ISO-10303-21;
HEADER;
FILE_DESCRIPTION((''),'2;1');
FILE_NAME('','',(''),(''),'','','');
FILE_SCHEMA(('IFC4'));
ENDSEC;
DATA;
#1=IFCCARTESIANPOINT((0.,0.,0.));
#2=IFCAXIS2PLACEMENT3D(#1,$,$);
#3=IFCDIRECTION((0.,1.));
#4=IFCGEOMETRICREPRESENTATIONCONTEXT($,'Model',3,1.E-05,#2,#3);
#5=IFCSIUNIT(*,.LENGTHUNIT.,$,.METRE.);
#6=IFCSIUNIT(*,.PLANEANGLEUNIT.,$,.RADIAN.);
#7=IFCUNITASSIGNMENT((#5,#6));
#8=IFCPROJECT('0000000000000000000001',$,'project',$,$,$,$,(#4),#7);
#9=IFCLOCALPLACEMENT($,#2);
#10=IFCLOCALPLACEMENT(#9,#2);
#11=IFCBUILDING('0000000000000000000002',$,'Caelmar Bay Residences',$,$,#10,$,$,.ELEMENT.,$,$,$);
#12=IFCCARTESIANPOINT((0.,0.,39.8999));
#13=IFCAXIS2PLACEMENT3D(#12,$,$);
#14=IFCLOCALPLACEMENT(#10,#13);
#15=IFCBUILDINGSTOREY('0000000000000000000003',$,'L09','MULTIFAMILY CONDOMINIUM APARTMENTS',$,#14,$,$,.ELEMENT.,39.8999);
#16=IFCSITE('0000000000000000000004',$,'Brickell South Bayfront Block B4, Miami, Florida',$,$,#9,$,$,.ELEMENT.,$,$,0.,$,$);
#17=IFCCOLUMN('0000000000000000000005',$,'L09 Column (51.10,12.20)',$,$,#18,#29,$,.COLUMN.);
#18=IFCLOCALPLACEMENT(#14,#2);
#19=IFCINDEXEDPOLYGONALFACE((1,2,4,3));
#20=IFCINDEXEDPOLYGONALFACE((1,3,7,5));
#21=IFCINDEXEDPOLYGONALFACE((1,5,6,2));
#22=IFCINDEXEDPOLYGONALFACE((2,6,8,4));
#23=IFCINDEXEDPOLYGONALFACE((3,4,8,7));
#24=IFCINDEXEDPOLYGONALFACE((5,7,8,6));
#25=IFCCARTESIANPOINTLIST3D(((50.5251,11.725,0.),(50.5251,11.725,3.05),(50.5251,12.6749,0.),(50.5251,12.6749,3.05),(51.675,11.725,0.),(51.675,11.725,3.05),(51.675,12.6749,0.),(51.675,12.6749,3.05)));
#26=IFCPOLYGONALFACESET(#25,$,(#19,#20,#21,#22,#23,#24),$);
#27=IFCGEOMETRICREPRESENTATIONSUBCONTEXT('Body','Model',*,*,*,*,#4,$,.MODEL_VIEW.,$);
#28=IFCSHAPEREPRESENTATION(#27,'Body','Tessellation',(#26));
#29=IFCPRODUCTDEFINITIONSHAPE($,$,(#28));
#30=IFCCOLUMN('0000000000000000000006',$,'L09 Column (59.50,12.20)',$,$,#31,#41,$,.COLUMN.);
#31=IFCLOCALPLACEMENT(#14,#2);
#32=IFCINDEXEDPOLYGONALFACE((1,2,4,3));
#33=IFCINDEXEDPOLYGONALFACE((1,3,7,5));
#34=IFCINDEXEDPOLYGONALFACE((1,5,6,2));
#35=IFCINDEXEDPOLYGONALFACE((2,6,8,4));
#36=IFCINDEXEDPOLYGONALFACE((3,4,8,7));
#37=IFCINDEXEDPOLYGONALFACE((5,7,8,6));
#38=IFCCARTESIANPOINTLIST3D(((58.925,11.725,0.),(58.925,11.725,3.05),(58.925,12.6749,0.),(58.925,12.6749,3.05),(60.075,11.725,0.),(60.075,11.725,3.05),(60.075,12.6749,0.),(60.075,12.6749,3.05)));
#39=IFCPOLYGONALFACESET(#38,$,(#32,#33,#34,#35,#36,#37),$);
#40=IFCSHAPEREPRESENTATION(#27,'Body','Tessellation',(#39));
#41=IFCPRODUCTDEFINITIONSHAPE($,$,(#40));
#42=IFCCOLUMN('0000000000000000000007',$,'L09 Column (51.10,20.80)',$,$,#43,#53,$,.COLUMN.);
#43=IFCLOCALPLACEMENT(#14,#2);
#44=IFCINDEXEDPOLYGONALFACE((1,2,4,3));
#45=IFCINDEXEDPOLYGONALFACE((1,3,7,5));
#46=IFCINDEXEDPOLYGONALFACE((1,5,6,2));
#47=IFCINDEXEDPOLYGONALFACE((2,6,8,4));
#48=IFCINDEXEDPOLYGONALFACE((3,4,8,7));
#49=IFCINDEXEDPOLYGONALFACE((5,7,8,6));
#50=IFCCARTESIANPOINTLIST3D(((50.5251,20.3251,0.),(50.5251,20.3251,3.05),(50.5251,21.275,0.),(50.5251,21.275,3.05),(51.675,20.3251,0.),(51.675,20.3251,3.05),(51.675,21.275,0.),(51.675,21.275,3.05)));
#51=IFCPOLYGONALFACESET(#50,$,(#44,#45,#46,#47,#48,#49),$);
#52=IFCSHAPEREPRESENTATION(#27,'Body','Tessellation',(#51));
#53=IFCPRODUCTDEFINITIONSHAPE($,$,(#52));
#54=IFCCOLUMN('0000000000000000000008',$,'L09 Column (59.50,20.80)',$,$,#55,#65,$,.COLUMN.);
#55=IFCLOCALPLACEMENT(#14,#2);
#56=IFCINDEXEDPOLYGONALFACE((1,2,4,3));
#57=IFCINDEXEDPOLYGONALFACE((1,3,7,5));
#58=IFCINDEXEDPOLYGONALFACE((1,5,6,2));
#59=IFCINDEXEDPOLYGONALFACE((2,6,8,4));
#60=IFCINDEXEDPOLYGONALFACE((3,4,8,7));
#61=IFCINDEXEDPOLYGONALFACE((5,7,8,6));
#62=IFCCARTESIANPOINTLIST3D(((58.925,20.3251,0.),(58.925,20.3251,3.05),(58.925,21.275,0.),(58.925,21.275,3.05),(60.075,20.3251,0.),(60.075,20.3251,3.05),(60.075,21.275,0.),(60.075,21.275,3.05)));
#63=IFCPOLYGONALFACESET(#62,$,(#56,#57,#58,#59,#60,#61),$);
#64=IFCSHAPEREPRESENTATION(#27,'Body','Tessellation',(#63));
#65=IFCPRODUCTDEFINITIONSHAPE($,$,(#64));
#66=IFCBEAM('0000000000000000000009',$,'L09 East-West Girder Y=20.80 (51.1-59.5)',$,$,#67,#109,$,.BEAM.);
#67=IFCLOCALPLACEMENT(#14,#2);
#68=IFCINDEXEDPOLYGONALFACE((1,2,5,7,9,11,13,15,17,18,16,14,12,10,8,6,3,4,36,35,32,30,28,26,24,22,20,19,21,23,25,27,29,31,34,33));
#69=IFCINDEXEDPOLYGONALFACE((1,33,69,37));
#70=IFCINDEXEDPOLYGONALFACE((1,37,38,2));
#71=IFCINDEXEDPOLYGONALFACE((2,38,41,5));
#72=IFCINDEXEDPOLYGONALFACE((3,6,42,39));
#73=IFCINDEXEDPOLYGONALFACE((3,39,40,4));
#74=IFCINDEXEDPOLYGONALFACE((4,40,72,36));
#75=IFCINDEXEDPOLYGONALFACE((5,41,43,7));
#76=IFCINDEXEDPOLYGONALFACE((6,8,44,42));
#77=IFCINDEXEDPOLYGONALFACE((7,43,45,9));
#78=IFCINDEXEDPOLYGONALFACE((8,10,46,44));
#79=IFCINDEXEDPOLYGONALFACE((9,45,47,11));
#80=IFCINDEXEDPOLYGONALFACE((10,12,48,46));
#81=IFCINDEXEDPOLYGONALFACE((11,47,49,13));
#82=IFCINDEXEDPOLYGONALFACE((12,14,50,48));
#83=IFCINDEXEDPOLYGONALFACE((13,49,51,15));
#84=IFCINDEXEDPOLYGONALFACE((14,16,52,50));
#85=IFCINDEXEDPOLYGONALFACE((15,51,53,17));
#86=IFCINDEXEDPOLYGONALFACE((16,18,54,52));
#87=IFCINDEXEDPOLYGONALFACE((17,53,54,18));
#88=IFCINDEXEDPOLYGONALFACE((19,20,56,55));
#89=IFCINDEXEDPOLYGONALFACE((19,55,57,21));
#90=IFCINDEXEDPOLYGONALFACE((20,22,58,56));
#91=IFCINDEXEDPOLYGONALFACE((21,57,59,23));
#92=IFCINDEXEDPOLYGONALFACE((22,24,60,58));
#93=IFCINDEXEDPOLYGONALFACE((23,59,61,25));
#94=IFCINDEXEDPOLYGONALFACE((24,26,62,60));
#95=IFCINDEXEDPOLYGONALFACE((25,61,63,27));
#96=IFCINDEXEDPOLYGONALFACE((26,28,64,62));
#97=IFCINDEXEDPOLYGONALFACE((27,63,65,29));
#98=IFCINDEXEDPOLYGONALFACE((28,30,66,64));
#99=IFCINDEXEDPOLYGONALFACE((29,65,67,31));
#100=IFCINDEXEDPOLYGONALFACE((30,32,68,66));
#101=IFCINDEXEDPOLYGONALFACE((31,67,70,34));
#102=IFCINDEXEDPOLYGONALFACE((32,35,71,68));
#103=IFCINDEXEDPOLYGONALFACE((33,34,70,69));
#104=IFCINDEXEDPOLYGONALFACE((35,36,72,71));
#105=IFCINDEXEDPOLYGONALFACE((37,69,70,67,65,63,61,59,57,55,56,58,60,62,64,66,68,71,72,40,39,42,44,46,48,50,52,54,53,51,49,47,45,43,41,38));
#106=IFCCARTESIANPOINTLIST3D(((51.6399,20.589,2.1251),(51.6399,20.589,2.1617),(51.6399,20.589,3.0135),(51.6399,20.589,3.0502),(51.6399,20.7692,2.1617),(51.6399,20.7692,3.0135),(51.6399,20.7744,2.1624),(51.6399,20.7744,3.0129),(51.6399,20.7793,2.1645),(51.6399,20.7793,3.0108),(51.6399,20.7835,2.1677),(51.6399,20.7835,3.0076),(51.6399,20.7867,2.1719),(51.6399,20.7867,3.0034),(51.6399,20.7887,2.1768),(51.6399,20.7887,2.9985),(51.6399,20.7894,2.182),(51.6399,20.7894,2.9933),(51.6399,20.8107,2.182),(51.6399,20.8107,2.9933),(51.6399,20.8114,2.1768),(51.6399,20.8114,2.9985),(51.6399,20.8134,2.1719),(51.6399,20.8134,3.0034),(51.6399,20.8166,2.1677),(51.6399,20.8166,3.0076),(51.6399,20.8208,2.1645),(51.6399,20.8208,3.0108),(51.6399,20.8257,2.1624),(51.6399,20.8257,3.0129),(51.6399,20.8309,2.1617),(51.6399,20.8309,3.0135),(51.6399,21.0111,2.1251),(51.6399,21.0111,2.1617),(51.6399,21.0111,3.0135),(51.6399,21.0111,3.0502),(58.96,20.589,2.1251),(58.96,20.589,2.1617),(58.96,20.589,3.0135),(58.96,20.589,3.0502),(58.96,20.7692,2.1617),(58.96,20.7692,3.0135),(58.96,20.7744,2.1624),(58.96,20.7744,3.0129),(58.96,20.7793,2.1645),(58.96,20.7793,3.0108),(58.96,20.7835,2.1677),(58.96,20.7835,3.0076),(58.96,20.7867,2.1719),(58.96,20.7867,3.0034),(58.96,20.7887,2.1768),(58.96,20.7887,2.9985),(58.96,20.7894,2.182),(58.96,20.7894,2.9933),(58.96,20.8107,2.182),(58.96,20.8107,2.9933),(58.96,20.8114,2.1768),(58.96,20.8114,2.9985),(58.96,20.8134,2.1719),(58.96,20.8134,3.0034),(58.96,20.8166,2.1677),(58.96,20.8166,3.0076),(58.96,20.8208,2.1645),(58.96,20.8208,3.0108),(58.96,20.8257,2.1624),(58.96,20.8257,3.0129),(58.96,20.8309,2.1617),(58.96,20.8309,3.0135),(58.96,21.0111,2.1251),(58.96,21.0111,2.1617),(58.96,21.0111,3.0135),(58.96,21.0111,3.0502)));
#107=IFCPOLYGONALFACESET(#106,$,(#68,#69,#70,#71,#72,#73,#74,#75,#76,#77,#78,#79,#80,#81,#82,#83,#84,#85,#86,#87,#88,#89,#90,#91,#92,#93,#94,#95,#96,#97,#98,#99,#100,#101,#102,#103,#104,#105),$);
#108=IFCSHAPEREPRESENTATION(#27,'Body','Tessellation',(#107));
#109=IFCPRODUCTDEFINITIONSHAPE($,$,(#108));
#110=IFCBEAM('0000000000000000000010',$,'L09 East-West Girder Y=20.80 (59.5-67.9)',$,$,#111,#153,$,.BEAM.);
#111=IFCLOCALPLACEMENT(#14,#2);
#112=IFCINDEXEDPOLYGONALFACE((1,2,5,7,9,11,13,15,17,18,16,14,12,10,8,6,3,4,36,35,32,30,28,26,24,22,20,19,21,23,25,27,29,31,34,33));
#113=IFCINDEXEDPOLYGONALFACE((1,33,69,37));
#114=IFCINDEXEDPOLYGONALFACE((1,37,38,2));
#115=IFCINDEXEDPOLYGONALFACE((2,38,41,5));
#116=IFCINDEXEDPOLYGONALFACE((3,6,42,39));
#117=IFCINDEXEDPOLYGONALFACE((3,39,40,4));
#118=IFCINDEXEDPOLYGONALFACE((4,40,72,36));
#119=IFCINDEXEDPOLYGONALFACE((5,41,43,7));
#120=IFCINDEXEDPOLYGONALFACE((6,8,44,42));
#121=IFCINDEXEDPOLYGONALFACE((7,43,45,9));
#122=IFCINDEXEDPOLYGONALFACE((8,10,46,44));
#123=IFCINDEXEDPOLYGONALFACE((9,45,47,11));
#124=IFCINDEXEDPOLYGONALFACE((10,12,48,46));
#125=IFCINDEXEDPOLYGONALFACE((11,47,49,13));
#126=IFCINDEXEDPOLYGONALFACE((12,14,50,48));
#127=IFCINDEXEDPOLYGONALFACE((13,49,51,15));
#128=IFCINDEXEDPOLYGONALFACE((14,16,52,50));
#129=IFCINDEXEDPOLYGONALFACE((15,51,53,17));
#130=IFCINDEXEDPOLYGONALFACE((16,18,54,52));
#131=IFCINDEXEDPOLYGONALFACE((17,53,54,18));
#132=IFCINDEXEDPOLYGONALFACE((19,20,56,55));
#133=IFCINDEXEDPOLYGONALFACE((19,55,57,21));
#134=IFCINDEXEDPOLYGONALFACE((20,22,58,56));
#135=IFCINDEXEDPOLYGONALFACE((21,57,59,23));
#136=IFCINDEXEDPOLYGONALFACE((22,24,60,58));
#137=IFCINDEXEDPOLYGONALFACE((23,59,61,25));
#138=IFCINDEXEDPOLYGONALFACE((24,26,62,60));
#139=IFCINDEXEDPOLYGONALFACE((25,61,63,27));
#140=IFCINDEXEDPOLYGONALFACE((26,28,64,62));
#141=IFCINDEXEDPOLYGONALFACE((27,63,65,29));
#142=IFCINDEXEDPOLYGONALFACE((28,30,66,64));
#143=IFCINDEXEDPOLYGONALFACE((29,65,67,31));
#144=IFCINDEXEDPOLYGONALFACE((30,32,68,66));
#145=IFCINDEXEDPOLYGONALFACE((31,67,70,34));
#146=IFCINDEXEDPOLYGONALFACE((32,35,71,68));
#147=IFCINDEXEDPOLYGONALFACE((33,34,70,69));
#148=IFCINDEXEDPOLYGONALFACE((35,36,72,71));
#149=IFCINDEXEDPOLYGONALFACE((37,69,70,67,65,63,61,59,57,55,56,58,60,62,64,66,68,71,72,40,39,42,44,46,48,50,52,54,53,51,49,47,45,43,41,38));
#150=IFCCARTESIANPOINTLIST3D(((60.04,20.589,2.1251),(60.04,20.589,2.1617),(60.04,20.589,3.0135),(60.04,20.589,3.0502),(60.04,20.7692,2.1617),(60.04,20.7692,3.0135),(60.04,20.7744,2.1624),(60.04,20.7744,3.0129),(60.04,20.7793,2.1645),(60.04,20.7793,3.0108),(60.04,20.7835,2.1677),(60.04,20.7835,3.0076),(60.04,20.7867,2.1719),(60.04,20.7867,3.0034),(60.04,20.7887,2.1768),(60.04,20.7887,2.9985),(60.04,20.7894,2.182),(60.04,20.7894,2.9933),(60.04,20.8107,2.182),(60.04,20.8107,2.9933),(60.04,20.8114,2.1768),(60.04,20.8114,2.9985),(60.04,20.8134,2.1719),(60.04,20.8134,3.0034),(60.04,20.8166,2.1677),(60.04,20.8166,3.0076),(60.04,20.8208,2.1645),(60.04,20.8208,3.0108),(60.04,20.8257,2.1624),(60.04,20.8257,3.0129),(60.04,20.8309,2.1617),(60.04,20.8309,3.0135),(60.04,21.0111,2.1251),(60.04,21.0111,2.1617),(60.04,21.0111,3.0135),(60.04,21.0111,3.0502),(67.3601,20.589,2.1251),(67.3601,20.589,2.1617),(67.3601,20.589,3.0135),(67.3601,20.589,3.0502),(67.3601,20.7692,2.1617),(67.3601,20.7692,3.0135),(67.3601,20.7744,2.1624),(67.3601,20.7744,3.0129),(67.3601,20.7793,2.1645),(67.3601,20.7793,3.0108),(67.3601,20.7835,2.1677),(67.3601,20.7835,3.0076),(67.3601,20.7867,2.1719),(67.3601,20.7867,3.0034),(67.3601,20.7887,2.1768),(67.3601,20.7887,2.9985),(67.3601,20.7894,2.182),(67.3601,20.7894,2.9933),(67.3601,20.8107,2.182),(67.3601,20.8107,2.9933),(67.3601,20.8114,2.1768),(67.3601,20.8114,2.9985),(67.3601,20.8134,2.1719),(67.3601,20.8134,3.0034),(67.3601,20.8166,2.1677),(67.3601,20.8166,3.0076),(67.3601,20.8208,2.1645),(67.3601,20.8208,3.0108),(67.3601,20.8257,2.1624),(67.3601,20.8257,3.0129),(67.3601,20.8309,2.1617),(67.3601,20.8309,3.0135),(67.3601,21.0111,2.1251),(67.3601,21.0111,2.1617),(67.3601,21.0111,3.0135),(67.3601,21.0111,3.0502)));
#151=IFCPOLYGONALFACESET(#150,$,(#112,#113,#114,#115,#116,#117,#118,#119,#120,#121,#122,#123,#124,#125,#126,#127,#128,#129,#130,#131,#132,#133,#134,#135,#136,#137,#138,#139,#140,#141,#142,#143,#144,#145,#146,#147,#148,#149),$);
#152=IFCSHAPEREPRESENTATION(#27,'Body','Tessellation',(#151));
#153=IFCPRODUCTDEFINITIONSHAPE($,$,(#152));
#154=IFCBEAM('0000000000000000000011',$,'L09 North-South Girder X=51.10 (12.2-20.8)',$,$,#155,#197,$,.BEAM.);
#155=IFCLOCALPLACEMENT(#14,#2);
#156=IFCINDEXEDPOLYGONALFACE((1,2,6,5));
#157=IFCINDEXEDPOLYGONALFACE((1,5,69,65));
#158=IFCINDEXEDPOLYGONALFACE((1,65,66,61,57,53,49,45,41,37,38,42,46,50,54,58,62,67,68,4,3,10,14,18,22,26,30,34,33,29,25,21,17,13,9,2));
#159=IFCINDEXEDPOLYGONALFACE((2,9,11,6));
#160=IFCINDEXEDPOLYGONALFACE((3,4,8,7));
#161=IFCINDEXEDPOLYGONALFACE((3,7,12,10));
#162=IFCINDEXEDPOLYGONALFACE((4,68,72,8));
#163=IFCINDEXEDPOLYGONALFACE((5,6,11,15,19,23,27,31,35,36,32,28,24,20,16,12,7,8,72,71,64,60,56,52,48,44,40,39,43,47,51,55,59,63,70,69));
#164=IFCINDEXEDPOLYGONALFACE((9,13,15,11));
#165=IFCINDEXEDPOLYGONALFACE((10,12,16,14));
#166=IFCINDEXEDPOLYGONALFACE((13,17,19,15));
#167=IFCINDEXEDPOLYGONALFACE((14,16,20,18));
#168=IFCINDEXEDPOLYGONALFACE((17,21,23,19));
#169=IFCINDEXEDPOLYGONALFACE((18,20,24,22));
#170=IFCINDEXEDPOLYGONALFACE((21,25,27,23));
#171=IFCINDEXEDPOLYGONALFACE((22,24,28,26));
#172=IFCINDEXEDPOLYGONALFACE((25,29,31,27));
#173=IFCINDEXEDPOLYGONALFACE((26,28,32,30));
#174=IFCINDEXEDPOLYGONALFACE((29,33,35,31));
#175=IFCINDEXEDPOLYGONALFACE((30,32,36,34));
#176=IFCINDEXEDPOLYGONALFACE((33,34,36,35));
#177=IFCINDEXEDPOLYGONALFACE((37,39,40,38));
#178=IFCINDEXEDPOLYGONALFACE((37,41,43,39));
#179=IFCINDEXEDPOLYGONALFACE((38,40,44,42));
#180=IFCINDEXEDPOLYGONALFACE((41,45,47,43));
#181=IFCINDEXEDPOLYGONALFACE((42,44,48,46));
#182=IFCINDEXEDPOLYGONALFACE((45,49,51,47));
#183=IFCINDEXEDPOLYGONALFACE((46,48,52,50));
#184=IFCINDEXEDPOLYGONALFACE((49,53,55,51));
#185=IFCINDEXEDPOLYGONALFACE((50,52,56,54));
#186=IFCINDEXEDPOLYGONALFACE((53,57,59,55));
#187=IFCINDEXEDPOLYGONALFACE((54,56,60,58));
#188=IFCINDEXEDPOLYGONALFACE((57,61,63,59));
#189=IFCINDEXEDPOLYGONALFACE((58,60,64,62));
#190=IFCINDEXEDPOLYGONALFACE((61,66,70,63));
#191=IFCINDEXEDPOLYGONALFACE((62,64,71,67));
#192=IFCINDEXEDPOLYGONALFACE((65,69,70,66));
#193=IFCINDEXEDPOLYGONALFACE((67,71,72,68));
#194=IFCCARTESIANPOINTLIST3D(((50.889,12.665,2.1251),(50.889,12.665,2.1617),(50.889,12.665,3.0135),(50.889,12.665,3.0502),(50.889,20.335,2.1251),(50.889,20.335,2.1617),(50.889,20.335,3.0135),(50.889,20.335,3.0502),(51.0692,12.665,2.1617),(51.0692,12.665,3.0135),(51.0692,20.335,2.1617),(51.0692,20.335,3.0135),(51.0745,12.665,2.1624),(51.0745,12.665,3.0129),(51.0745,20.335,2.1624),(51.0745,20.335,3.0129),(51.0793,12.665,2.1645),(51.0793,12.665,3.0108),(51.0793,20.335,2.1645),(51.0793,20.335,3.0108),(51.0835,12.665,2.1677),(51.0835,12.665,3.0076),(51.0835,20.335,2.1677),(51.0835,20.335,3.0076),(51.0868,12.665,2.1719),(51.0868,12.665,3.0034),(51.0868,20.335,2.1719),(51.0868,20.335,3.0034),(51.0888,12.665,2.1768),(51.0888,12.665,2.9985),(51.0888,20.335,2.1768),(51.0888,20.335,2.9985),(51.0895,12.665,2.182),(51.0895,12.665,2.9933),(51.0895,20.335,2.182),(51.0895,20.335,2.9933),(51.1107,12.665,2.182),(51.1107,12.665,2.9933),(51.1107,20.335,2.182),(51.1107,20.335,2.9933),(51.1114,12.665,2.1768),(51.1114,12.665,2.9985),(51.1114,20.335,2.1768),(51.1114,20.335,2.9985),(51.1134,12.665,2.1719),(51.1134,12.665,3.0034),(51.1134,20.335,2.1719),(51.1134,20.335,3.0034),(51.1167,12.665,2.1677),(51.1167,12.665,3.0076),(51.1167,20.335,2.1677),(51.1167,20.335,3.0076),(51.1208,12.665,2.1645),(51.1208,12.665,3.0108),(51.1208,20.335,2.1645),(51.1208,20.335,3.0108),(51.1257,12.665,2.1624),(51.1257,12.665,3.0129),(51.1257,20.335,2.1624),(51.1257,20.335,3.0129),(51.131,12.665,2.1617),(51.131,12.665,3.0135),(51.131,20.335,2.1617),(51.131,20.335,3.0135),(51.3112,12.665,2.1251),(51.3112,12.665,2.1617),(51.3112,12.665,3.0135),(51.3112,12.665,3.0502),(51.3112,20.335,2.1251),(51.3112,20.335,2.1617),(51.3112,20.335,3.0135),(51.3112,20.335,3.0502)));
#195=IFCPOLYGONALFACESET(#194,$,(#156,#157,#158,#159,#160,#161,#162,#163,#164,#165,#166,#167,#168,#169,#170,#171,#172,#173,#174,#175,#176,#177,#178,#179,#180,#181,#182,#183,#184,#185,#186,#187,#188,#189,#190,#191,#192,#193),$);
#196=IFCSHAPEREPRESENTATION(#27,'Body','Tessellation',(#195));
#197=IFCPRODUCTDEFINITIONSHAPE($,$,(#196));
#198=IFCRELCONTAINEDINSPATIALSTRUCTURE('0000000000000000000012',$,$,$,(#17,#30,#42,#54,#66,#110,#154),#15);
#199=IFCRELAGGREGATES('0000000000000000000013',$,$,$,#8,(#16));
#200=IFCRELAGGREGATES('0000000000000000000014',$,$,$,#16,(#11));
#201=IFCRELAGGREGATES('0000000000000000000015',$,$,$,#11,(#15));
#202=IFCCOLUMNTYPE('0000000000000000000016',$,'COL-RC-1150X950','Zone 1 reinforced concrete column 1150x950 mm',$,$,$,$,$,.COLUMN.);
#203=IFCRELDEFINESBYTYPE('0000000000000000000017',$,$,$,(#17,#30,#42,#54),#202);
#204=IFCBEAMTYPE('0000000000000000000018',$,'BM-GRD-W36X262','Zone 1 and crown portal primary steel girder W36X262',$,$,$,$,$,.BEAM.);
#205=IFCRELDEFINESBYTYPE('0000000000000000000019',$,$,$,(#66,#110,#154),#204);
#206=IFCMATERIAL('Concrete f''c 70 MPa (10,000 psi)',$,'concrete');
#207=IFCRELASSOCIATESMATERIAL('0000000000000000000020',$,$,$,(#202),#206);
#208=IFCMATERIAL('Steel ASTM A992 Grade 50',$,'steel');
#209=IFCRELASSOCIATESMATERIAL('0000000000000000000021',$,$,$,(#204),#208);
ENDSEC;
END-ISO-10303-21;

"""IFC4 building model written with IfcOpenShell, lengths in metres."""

from ifc_helpers import new_model, si_unit, direction, frame, origin, origin_2d, place, context, subcontext, project, spatial, rectangle, i_section, extrude, material, material_profile, profile_set, type_object, element, save


model = new_model("IFC4")

# Units and contexts
model_context = context("Model", 3, precision=1e-05, world=origin(), true_north=direction((0.0, 1.0)))
body_context = subcontext(model_context, "Body", "Model", "MODEL_VIEW")
ifc_project = project(units=[si_unit("LENGTHUNIT", "METRE"), si_unit("PLANEANGLEUNIT", "RADIAN")], contexts=[model_context])

# Site, building, storey
site_placement = place(None, origin())
site = spatial("IfcSite", under=ifc_project, at=site_placement, Name="Brickell South Bayfront Block B4, Miami, Florida", CompositionType="ELEMENT", RefElevation=0.0)
building_placement = place(site_placement, origin())
building = spatial("IfcBuilding", under=site, at=building_placement, Name="Caelmar Bay Residences", CompositionType="ELEMENT")
storey_placement = place(building_placement, frame((0.0, 0.0, 39.8999)))
storey = spatial("IfcBuildingStorey", under=building, at=storey_placement, Name="L09", Description="MULTIFAMILY CONDOMINIUM APARTMENTS", CompositionType="ELEMENT", Elevation=39.8999)

# Columns
ifc_material_1 = material(Name="Concrete f'c 70 MPa (10,000 psi)", Category="concrete")
ifc_material_profile_1 = material_profile(ifc_material_1, rectangle(XDim=1.1499, YDim=0.95, at=origin_2d()), Name="RC-COL-1150X950")
ifc_profile_set_1 = profile_set([ifc_material_profile_1], Name="Concrete f'c 70 MPa (10,000 psi)")
column_type = type_object("IfcColumnType", Name="COL-RC-1150X950", Description="Zone 1 reinforced concrete column 1150x950 mm", PredefinedType="COLUMN", material=ifc_profile_set_1)
for number, where, z_axis, x_axis, name in (
    (1, (51.1001, 12.2, 0.0), (0.0, 0.0, 1.0), (1.0, 0.0, 0.0), "L09 Column (51.10,12.20)"),
    (2, (59.5, 12.2, 0.0), (0.0, 0.0, 1.0), (1.0, 0.0, 0.0), "L09 Column (59.50,12.20)"),
    (3, (51.1001, 20.8, 0.0), (0.0, 0.0, 1.0), (1.0, 0.0, 0.0), "L09 Column (51.10,20.80)"),
    (4, (59.5, 20.8, 0.0), (0.0, 0.0, 1.0), (1.0, 0.0, 0.0), "L09 Column (59.50,20.80)"),
):
    element("IfcColumn", number, at=place(storey_placement, frame(where, z_axis=z_axis, x_axis=x_axis)), inside=storey, type_object=column_type, Name=name, PredefinedType="COLUMN", context=body_context, shape_type="SweptSolid", body=[
        extrude(rectangle(XDim=1.1499, YDim=0.95, at=origin_2d()), origin(), (0.0, 0.0, 1.0), 3.05),
    ])

# Beams
ifc_material_2 = material(Name="Steel ASTM A992 Grade 50", Category="steel")
ifc_material_profile_2 = material_profile(ifc_material_2, i_section(OverallWidth=0.4221, OverallDepth=0.925, WebThickness=0.0212, FlangeThickness=0.0366, FilletRadius=0.0203, at=origin_2d()), Name="W36X262")
ifc_profile_set_2 = profile_set([ifc_material_profile_2], Name="Steel ASTM A992 Grade 50")
beam_type_1 = type_object("IfcBeamType", Name="BM-GRD-W36X262", Description="Zone 1 and crown portal primary steel girder W36X262", PredefinedType="BEAM", material=ifc_profile_set_2)
for number, where, z_axis, x_axis, name in (
    (5, (51.6399, 20.8, 2.5876), (1.0, 0.0, 0.0), (0.0, 1.0, 0.0), "L09 East-West Girder Y=20.80 (51.1-59.5)"),
    (6, (60.04, 20.8, 2.5876), (1.0, 0.0, 0.0), (0.0, 1.0, 0.0), "L09 East-West Girder Y=20.80 (59.5-67.9)"),
):
    element("IfcBeam", number, at=place(storey_placement, frame(where, z_axis=z_axis, x_axis=x_axis)), inside=storey, type_object=beam_type_1, Name=name, PredefinedType="BEAM", context=body_context, shape_type="SweptSolid", body=[
        extrude(i_section(OverallWidth=0.4221, OverallDepth=0.925, WebThickness=0.0212, FlangeThickness=0.0366, FilletRadius=0.0203, at=origin_2d()), origin(), (0.0, 0.0, 1.0), 7.3201),
    ])
for number, where, z_axis, x_axis, name in (
    (7, (51.1001, 12.665, 2.5876), (0.0, 1.0, 0.0), (-1.0, 0.0, 0.0), "L09 North-South Girder X=51.10 (12.2-20.8)"),
):
    element("IfcBeam", number, at=place(storey_placement, frame(where, z_axis=z_axis, x_axis=x_axis)), inside=storey, type_object=beam_type_1, Name=name, PredefinedType="BEAM", context=body_context, shape_type="SweptSolid", body=[
        extrude(i_section(OverallWidth=0.4221, OverallDepth=0.925, WebThickness=0.0212, FlangeThickness=0.0366, FilletRadius=0.0203, at=origin_2d()), origin(), (0.0, 0.0, 1.0), 7.6699),
    ])

save(model, "model.ifc")
